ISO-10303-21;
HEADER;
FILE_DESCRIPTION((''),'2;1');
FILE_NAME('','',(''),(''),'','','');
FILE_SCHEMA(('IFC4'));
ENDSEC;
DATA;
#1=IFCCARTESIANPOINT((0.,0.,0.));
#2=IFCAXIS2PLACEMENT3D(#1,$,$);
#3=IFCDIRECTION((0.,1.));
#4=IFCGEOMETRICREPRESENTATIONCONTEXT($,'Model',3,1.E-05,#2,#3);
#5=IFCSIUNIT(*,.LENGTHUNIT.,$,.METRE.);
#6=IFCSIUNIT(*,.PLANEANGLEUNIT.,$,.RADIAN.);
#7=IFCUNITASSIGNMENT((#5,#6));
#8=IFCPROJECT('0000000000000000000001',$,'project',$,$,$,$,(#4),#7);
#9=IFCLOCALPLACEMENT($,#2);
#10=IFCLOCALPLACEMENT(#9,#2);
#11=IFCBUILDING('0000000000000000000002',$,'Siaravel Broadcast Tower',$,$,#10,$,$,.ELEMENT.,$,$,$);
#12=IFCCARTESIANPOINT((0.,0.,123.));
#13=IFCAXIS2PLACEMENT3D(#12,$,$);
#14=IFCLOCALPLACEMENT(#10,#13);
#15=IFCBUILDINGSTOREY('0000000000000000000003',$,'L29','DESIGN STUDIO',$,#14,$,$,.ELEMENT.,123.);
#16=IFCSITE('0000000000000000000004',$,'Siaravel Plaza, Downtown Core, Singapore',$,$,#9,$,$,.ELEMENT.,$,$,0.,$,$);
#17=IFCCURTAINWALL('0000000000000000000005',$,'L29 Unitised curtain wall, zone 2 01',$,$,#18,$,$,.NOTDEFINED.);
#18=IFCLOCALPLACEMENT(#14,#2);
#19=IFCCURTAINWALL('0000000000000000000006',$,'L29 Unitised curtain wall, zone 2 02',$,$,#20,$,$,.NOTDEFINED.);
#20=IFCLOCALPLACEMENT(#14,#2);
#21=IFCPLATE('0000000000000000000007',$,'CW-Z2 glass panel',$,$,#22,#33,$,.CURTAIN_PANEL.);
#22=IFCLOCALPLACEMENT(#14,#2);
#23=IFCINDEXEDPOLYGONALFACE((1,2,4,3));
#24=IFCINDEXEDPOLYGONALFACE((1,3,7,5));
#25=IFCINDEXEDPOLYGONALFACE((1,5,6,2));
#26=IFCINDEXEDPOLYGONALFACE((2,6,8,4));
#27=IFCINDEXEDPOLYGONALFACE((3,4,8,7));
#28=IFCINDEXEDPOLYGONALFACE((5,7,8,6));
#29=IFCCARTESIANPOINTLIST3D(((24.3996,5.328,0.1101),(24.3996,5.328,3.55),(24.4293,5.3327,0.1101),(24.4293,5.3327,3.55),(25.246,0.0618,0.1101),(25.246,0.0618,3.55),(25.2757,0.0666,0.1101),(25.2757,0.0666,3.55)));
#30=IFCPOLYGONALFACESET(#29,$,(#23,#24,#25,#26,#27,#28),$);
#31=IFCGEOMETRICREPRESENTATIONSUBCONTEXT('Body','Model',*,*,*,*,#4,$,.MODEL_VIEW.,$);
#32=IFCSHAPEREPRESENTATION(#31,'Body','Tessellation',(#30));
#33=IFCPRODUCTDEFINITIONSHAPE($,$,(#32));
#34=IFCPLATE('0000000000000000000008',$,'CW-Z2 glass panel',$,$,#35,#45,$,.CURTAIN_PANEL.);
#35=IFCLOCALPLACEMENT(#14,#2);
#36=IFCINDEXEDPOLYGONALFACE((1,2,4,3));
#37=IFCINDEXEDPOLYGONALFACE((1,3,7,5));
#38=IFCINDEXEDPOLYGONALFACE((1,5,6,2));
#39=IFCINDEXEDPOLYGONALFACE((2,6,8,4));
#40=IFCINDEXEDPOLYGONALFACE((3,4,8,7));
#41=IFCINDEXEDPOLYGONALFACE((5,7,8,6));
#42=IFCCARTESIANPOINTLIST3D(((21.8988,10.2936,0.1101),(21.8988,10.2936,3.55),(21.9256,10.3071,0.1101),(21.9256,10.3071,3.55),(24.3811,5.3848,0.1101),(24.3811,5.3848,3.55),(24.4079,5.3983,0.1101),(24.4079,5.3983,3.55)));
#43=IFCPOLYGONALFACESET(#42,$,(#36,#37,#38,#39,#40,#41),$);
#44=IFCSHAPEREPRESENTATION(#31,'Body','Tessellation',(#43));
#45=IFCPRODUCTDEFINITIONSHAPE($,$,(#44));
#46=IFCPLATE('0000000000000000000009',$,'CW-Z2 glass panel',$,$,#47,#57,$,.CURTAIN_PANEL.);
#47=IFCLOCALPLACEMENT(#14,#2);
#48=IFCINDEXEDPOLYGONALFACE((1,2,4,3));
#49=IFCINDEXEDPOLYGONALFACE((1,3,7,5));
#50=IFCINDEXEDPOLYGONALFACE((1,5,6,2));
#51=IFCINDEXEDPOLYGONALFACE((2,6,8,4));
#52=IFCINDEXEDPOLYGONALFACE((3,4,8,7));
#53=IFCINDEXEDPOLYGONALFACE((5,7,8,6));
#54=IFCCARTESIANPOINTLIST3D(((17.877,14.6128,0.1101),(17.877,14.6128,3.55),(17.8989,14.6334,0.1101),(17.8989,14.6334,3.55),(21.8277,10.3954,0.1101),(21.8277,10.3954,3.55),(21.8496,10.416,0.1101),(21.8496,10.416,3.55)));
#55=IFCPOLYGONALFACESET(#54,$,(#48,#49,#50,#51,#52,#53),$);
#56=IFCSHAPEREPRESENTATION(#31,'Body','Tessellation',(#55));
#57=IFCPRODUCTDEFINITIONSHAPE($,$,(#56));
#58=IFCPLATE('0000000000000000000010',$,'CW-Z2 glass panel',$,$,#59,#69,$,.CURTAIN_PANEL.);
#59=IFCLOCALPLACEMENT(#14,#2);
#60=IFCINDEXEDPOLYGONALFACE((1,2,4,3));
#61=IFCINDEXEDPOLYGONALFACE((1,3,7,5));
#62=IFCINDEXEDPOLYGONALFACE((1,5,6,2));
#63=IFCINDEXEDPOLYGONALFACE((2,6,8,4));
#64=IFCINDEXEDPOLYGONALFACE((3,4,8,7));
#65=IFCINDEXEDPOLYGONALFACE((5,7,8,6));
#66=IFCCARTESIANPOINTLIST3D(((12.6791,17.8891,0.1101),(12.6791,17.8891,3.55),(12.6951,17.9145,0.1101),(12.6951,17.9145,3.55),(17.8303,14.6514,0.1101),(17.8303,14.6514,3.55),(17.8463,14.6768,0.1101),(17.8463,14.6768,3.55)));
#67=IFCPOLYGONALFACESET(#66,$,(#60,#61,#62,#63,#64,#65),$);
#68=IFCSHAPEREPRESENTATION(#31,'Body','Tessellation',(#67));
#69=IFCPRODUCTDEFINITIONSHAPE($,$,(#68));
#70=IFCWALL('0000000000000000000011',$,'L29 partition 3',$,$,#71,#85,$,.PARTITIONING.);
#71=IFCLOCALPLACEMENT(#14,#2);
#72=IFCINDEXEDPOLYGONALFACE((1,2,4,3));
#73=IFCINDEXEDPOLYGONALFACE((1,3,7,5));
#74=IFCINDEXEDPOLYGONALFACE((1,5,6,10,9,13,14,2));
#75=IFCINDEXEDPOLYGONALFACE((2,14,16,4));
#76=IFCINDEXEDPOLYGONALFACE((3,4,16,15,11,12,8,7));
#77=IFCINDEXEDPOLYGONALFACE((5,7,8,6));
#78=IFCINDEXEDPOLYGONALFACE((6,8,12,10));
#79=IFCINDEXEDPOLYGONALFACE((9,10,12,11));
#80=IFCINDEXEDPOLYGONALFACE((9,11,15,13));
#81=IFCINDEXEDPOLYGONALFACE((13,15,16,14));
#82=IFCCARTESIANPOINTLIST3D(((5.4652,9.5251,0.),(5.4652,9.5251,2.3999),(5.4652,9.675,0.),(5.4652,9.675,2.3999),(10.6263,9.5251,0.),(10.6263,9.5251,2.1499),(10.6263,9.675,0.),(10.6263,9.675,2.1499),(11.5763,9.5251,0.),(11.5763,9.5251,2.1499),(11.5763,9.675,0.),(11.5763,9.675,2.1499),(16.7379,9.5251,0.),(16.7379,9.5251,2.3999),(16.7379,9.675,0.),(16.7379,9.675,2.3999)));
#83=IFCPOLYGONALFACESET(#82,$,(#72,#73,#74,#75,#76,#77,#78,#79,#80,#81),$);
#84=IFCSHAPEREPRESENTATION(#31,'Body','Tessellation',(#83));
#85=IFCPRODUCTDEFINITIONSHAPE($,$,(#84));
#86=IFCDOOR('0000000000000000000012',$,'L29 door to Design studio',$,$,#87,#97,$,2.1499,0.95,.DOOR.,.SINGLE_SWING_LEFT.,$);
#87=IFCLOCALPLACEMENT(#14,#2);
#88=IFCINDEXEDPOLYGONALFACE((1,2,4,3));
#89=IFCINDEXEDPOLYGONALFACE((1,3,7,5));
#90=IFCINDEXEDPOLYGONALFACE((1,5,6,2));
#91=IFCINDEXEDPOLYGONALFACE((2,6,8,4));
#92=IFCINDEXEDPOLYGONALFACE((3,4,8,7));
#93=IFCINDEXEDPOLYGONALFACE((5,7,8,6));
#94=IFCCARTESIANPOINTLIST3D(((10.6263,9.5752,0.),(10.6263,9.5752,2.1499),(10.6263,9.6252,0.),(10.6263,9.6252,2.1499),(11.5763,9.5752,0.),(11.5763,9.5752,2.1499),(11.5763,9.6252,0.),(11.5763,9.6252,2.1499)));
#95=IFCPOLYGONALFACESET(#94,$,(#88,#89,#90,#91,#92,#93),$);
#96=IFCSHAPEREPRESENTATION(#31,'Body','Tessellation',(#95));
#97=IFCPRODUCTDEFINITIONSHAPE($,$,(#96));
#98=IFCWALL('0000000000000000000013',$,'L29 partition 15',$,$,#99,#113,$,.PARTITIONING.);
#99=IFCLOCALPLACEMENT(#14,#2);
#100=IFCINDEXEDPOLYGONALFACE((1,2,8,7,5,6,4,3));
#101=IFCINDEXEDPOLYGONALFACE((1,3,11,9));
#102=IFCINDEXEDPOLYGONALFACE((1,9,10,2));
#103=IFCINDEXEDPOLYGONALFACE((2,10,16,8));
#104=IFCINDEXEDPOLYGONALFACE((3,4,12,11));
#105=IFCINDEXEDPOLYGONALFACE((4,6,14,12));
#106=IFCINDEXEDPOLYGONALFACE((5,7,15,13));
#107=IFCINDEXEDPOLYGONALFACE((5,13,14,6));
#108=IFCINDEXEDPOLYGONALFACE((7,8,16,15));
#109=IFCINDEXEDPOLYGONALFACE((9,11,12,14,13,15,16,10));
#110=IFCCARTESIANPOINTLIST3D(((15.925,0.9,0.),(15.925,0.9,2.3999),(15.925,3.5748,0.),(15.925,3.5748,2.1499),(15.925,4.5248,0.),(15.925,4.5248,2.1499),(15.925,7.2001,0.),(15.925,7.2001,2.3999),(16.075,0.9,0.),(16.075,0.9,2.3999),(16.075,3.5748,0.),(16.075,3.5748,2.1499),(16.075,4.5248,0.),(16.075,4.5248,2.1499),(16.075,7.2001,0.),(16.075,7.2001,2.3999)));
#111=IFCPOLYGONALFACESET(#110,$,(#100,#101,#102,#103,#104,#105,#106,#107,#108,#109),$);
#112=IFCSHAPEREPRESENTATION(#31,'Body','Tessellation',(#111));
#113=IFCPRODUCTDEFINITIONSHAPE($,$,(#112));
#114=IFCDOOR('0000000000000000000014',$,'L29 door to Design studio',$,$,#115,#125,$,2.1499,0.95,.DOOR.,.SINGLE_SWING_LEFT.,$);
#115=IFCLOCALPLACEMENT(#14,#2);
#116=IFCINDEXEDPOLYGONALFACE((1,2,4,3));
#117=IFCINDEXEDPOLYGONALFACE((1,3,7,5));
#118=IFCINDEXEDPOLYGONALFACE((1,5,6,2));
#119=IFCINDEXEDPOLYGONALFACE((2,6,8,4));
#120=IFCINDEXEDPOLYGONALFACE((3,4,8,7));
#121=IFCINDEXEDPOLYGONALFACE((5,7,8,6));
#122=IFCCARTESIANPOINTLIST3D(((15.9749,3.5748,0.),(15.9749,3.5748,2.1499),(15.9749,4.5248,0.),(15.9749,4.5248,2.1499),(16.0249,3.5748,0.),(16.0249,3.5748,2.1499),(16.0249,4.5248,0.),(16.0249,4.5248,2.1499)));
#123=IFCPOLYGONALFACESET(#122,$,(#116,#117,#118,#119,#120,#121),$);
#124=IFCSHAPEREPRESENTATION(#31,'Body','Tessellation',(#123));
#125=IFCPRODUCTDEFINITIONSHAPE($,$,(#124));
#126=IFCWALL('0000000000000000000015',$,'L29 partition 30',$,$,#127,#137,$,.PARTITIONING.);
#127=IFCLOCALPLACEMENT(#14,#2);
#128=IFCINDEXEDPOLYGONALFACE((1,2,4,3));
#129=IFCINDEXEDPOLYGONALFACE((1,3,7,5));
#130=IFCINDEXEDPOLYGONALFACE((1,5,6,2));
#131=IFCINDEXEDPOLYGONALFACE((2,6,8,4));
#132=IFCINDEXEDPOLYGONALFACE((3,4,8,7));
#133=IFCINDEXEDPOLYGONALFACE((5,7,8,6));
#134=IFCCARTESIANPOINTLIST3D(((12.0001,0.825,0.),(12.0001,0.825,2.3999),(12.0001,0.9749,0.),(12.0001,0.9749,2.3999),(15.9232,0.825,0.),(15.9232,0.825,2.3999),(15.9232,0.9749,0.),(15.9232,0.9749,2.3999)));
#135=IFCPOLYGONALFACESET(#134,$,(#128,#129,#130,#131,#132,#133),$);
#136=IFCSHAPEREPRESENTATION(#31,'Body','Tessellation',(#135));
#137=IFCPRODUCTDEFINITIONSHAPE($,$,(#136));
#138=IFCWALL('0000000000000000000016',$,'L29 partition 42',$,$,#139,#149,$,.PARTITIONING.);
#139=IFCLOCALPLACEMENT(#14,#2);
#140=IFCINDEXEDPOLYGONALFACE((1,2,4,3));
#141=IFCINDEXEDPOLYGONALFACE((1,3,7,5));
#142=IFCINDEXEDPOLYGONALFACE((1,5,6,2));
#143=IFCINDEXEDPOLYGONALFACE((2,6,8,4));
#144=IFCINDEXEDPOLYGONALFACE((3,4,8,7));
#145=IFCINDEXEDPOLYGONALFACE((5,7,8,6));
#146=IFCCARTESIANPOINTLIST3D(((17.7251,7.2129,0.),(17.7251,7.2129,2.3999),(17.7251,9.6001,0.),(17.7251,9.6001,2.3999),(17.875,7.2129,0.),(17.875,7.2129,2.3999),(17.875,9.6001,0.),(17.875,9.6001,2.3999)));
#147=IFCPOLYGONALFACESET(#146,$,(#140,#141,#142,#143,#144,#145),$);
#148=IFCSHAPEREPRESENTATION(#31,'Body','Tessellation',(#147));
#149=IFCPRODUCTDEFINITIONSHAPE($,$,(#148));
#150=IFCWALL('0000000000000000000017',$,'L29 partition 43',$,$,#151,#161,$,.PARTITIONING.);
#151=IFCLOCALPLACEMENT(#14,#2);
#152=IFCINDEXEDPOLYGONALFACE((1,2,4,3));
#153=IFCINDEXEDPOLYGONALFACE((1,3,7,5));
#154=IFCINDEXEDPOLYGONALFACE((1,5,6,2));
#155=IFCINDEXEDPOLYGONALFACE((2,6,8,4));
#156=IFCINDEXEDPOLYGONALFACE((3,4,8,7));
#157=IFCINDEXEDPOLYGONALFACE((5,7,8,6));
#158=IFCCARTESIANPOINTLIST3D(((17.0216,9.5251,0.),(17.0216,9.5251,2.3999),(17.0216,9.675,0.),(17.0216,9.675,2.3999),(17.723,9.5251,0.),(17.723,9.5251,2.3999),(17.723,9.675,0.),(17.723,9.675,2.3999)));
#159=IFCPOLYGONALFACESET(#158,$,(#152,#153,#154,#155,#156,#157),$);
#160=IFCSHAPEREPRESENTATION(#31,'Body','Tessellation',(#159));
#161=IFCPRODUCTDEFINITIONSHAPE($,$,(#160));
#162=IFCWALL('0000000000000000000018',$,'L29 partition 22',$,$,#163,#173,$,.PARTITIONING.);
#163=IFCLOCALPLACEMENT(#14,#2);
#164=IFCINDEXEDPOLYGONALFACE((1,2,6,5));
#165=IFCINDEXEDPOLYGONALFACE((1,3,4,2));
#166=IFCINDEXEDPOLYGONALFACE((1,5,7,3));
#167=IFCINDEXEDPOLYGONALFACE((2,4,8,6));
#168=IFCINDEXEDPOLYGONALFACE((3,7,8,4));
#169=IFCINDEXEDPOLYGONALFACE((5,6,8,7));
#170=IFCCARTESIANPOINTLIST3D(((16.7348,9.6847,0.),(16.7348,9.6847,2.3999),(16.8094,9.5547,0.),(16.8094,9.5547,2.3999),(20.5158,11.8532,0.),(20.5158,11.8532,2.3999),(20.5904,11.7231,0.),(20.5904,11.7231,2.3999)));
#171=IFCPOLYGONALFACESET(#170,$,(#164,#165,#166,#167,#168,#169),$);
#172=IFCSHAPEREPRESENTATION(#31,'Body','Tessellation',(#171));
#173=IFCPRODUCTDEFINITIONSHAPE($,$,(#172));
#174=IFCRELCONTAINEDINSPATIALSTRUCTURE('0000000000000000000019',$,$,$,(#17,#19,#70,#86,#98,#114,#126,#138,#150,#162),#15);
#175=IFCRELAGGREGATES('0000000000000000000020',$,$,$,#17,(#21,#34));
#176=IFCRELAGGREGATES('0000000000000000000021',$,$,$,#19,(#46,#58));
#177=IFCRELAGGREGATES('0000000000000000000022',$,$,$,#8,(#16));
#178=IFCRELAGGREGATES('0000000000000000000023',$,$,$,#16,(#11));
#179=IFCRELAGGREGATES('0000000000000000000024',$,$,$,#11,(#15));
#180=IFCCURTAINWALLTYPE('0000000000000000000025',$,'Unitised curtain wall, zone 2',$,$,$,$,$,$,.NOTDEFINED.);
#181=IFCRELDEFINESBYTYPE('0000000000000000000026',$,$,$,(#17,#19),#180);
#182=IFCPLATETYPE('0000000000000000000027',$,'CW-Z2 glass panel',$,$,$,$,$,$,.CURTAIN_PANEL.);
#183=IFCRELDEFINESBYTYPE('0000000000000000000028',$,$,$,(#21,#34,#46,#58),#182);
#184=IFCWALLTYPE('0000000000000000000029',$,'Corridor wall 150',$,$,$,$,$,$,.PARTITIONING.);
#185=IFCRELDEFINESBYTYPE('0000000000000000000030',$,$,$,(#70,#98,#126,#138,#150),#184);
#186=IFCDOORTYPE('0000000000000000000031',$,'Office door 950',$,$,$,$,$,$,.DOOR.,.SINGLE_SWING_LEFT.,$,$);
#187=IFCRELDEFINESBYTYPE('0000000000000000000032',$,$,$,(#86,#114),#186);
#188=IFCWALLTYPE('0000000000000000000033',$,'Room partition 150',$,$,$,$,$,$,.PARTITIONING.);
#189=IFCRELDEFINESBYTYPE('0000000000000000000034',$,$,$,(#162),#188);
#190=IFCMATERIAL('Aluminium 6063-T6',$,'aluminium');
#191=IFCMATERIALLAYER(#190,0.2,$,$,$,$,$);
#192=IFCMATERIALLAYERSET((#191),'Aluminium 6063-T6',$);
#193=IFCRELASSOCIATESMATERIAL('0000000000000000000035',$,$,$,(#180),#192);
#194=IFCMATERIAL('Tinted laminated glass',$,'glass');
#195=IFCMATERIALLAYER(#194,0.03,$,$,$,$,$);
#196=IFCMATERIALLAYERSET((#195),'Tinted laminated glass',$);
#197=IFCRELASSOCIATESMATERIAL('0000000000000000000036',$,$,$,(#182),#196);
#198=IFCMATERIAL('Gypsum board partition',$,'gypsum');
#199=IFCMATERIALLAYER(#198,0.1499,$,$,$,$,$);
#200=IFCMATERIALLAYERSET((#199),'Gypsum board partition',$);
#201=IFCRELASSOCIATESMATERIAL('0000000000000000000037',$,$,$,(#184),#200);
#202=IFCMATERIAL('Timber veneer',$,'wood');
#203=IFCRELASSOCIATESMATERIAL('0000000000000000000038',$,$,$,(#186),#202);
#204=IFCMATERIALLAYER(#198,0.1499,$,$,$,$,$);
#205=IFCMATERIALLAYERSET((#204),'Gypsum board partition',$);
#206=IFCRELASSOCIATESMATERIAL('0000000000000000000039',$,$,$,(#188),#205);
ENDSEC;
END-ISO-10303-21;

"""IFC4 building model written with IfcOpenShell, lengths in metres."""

from ifc_helpers import new_model, si_unit, direction, frame, frame_2d, origin, origin_2d, place, context, subcontext, project, spatial, rectangle, extrude, material, layer, layer_set, type_object, element, fill, aggregate, save


model = new_model("IFC4")

# Units and contexts
model_context = context("Model", 3, precision=1e-05, world=origin(), true_north=direction((0.0, 1.0)))
body_context = subcontext(model_context, "Body", "Model", "MODEL_VIEW")
ifc_project = project(units=[si_unit("LENGTHUNIT", "METRE"), si_unit("PLANEANGLEUNIT", "RADIAN")], contexts=[model_context])

# Site, building, storey
site_placement = place(None, origin())
site = spatial("IfcSite", under=ifc_project, at=site_placement, Name="Siaravel Plaza, Downtown Core, Singapore", CompositionType="ELEMENT", RefElevation=0.0)
building_placement = place(site_placement, origin())
building = spatial("IfcBuilding", under=site, at=building_placement, Name="Siaravel Broadcast Tower", CompositionType="ELEMENT")
storey_placement = place(building_placement, frame((0.0, 0.0, 123.0)))
storey = spatial("IfcBuildingStorey", under=building, at=storey_placement, Name="L29", Description="DESIGN STUDIO", CompositionType="ELEMENT", Elevation=123.0)

# Curtain walls
ifc_material_1 = material(Name="Aluminium 6063-T6", Category="aluminium")
ifc_layer_1 = layer(ifc_material_1, 0.2)
ifc_layer_set_1 = layer_set([ifc_layer_1], Name="Aluminium 6063-T6")
curtain_wall_type = type_object("IfcCurtainWallType", Name="Unitised curtain wall, zone 2", PredefinedType="NOTDEFINED", material=ifc_layer_set_1)
curtain_wall_1_placement = place(storey_placement, origin())
curtain_wall_1 = element("IfcCurtainWall", 1, at=curtain_wall_1_placement, inside=storey, type_object=curtain_wall_type, Name="L29 Unitised curtain wall, zone 2 01", PredefinedType="NOTDEFINED")
curtain_wall_2_placement = place(storey_placement, origin())
curtain_wall_2 = element("IfcCurtainWall", 2, at=curtain_wall_2_placement, inside=storey, type_object=curtain_wall_type, Name="L29 Unitised curtain wall, zone 2 02", PredefinedType="NOTDEFINED")

# Plates
ifc_material_2 = material(Name="Tinted laminated glass", Category="glass")
ifc_layer_2 = layer(ifc_material_2, 0.03)
ifc_layer_set_2 = layer_set([ifc_layer_2], Name="Tinted laminated glass")
plate_type = type_object("IfcPlateType", Name="CW-Z2 glass panel", PredefinedType="CURTAIN_PANEL", material=ifc_layer_set_2)
plate_1_placement = place(storey_placement, frame((24.8376, 2.6973, 0.1101), z_axis=(0.0, 0.0, 1.0), x_axis=(-0.158686, 0.987329, 0.0)))
plate_1 = element("IfcPlate", 3, at=plate_1_placement, type_object=plate_type, Name="CW-Z2 glass panel", PredefinedType="CURTAIN_PANEL", context=body_context, shape_type="SweptSolid", body=[
    extrude(rectangle(XDim=5.3337, YDim=0.03, at=origin_2d()), origin(), (0.0, 0.0, 1.0), 3.4399),
])
plate_2_placement = place(storey_placement, frame((23.1533, 7.8459, 0.1101), z_axis=(0.0, 0.0, 1.0), x_axis=(-0.451261, 0.892392, 0.0)))
plate_2 = element("IfcPlate", 4, at=plate_2_placement, type_object=plate_type, Name="CW-Z2 glass panel", PredefinedType="CURTAIN_PANEL", context=body_context, shape_type="SweptSolid", body=[
    extrude(rectangle(XDim=5.5007, YDim=0.03, at=origin_2d()), origin(), (0.0, 0.0, 1.0), 3.4399),
])
aggregate(curtain_wall_1, [plate_1, plate_2])
plate_3_placement = place(storey_placement, frame((19.8633, 12.5144, 0.1101), z_axis=(0.0, 0.0, 1.0), x_axis=(-0.683655, 0.729805, 0.0)))
plate_3 = element("IfcPlate", 5, at=plate_3_placement, type_object=plate_type, Name="CW-Z2 glass panel", PredefinedType="CURTAIN_PANEL", context=body_context, shape_type="SweptSolid", body=[
    extrude(rectangle(XDim=5.7788, YDim=0.03, at=origin_2d()), origin(), (0.0, 0.0, 1.0), 3.4399),
])
plate_4_placement = place(storey_placement, frame((15.2627, 16.283, 0.1101), z_axis=(0.0, 0.0, 1.0), x_axis=(-0.846651, 0.532149, 0.0)))
plate_4 = element("IfcPlate", 6, at=plate_4_placement, type_object=plate_type, Name="CW-Z2 glass panel", PredefinedType="CURTAIN_PANEL", context=body_context, shape_type="SweptSolid", body=[
    extrude(rectangle(XDim=6.0842, YDim=0.03, at=origin_2d()), origin(), (0.0, 0.0, 1.0), 3.4399),
])
aggregate(curtain_wall_2, [plate_3, plate_4])

# Walls, openings, doors
ifc_material_3 = material(Name="Gypsum board partition", Category="gypsum")
ifc_layer_3 = layer(ifc_material_3, 0.1499)
ifc_layer_set_3 = layer_set([ifc_layer_3], Name="Gypsum board partition")
wall_type_1 = type_object("IfcWallType", Name="Corridor wall 150", PredefinedType="PARTITIONING", material=ifc_layer_set_3)
wall_1_placement = place(storey_placement, frame((16.7378, 9.6001, 0.0), z_axis=(0.0, 0.0, 1.0), x_axis=(-1.0, 0.0, 0.0)))
wall_1 = element("IfcWall", 7, at=wall_1_placement, inside=storey, type_object=wall_type_1, Name="L29 partition 3", PredefinedType="PARTITIONING", context=body_context, shape_type="SweptSolid", body=[
    extrude(rectangle(XDim=11.2727, YDim=0.1499, at=frame_2d((5.6362, 0.0))), origin(), (0.0, 0.0, 1.0), 2.3999),
])
opening_1_placement = place(wall_1_placement, frame((5.1614, 0.0, 0.0)))
opening_1 = element("IfcOpeningElement", 8, at=opening_1_placement, cuts=wall_1, PredefinedType="OPENING", context=body_context, shape_type="SweptSolid", body=[
    extrude(rectangle(XDim=0.95, YDim=2.1499, at=frame_2d((0.4751, 1.075))), frame((0.0, 0.085, 0.0), z_axis=(0.0, -1.0, 0.0), x_axis=(1.0, 0.0, 0.0)), (0.0, 0.0, 1.0), 0.1699),
])
ifc_material_4 = material(Name="Timber veneer", Category="wood")
door_type = type_object("IfcDoorType", Name="Office door 950", OperationType="SINGLE_SWING_LEFT", PredefinedType="DOOR", material=ifc_material_4)
door_1_placement = place(opening_1_placement, origin())
door_1 = element("IfcDoor", 9, at=door_1_placement, inside=storey, type_object=door_type, Name="L29 door to Design studio", OperationType="SINGLE_SWING_LEFT", OverallHeight=2.1499, OverallWidth=0.95, PredefinedType="DOOR", context=body_context, shape_type="SweptSolid", body=[
    extrude(rectangle(XDim=0.95, YDim=2.1499, at=frame_2d((0.4751, 1.075))), frame((0.0, 0.0249, 0.0), z_axis=(0.0, -1.0, 0.0), x_axis=(1.0, 0.0, 0.0)), (0.0, 0.0, 1.0), 0.05),
])
fill(opening_1, door_1)
wall_2_placement = place(storey_placement, frame((16.0, 7.2, 0.0), z_axis=(0.0, 0.0, 1.0), x_axis=(0.0, -1.0, 0.0)))
wall_2 = element("IfcWall", 10, at=wall_2_placement, inside=storey, type_object=wall_type_1, Name="L29 partition 15", PredefinedType="PARTITIONING", context=body_context, shape_type="SweptSolid", body=[
    extrude(rectangle(XDim=6.3, YDim=0.1499, at=frame_2d((3.1499, 0.0))), origin(), (0.0, 0.0, 1.0), 2.3999),
])
opening_2_placement = place(wall_2_placement, frame((2.675, 0.0, 0.0)))
opening_2 = element("IfcOpeningElement", 11, at=opening_2_placement, cuts=wall_2, PredefinedType="OPENING", context=body_context, shape_type="SweptSolid", body=[
    extrude(rectangle(XDim=0.95, YDim=2.1499, at=frame_2d((0.4751, 1.075))), frame((0.0, 0.085, 0.0), z_axis=(0.0, -1.0, 0.0), x_axis=(1.0, 0.0, 0.0)), (0.0, 0.0, 1.0), 0.1699),
])
door_2_placement = place(opening_2_placement, origin())
door_2 = element("IfcDoor", 12, at=door_2_placement, inside=storey, type_object=door_type, Name="L29 door to Design studio", OperationType="SINGLE_SWING_LEFT", OverallHeight=2.1499, OverallWidth=0.95, PredefinedType="DOOR", context=body_context, shape_type="SweptSolid", body=[
    extrude(rectangle(XDim=0.95, YDim=2.1499, at=frame_2d((0.4751, 1.075))), frame((0.0, 0.0249, 0.0), z_axis=(0.0, -1.0, 0.0), x_axis=(1.0, 0.0, 0.0)), (0.0, 0.0, 1.0), 0.05),
])
fill(opening_2, door_2)

# Walls
wall_3_placement = place(storey_placement, frame((15.9231, 0.8999, 0.0), z_axis=(0.0, 0.0, 1.0), x_axis=(-1.0, 0.0, 0.0)))
element("IfcWall", 13, at=wall_3_placement, inside=storey, type_object=wall_type_1, Name="L29 partition 30", PredefinedType="PARTITIONING", context=body_context, shape_type="SweptSolid", body=[
    extrude(rectangle(XDim=3.9231, YDim=0.1499, at=frame_2d((1.9614, 0.0))), origin(), (0.0, 0.0, 1.0), 2.3999),
])
wall_4_placement = place(storey_placement, frame((17.8, 7.2129, 0.0), z_axis=(0.0, 0.0, 1.0), x_axis=(0.0, 1.0, 0.0)))
element("IfcWall", 14, at=wall_4_placement, inside=storey, type_object=wall_type_1, Name="L29 partition 42", PredefinedType="PARTITIONING", context=body_context, shape_type="SweptSolid", body=[
    extrude(rectangle(XDim=2.3872, YDim=0.1499, at=frame_2d((1.1936, 0.0))), origin(), (0.0, 0.0, 1.0), 2.3999),
])
wall_5_placement = place(storey_placement, frame((17.7229, 9.6001, 0.0), z_axis=(0.0, 0.0, 1.0), x_axis=(-1.0, 0.0, 0.0)))
element("IfcWall", 15, at=wall_5_placement, inside=storey, type_object=wall_type_1, Name="L29 partition 43", PredefinedType="PARTITIONING", context=body_context, shape_type="SweptSolid", body=[
    extrude(rectangle(XDim=0.7014, YDim=0.1499, at=frame_2d((0.3506, 0.0))), origin(), (0.0, 0.0, 1.0), 2.3999),
])
ifc_layer_4 = layer(ifc_material_3, 0.1499)
ifc_layer_set_4 = layer_set([ifc_layer_4], Name="Gypsum board partition")
wall_type_2 = type_object("IfcWallType", Name="Room partition 150", PredefinedType="PARTITIONING", material=ifc_layer_set_4)
wall_6_placement = place(storey_placement, frame((20.553, 11.7881, 0.0), z_axis=(0.0, 0.0, 1.0), x_axis=(-0.867463, -0.497502, 0.0)))
element("IfcWall", 16, at=wall_6_placement, inside=storey, type_object=wall_type_2, Name="L29 partition 22", PredefinedType="PARTITIONING", context=body_context, shape_type="SweptSolid", body=[
    extrude(rectangle(XDim=4.3586, YDim=0.1499, at=frame_2d((2.1792, 0.0))), origin(), (0.0, 0.0, 1.0), 2.3999),
])

save(model, "model.ifc")
